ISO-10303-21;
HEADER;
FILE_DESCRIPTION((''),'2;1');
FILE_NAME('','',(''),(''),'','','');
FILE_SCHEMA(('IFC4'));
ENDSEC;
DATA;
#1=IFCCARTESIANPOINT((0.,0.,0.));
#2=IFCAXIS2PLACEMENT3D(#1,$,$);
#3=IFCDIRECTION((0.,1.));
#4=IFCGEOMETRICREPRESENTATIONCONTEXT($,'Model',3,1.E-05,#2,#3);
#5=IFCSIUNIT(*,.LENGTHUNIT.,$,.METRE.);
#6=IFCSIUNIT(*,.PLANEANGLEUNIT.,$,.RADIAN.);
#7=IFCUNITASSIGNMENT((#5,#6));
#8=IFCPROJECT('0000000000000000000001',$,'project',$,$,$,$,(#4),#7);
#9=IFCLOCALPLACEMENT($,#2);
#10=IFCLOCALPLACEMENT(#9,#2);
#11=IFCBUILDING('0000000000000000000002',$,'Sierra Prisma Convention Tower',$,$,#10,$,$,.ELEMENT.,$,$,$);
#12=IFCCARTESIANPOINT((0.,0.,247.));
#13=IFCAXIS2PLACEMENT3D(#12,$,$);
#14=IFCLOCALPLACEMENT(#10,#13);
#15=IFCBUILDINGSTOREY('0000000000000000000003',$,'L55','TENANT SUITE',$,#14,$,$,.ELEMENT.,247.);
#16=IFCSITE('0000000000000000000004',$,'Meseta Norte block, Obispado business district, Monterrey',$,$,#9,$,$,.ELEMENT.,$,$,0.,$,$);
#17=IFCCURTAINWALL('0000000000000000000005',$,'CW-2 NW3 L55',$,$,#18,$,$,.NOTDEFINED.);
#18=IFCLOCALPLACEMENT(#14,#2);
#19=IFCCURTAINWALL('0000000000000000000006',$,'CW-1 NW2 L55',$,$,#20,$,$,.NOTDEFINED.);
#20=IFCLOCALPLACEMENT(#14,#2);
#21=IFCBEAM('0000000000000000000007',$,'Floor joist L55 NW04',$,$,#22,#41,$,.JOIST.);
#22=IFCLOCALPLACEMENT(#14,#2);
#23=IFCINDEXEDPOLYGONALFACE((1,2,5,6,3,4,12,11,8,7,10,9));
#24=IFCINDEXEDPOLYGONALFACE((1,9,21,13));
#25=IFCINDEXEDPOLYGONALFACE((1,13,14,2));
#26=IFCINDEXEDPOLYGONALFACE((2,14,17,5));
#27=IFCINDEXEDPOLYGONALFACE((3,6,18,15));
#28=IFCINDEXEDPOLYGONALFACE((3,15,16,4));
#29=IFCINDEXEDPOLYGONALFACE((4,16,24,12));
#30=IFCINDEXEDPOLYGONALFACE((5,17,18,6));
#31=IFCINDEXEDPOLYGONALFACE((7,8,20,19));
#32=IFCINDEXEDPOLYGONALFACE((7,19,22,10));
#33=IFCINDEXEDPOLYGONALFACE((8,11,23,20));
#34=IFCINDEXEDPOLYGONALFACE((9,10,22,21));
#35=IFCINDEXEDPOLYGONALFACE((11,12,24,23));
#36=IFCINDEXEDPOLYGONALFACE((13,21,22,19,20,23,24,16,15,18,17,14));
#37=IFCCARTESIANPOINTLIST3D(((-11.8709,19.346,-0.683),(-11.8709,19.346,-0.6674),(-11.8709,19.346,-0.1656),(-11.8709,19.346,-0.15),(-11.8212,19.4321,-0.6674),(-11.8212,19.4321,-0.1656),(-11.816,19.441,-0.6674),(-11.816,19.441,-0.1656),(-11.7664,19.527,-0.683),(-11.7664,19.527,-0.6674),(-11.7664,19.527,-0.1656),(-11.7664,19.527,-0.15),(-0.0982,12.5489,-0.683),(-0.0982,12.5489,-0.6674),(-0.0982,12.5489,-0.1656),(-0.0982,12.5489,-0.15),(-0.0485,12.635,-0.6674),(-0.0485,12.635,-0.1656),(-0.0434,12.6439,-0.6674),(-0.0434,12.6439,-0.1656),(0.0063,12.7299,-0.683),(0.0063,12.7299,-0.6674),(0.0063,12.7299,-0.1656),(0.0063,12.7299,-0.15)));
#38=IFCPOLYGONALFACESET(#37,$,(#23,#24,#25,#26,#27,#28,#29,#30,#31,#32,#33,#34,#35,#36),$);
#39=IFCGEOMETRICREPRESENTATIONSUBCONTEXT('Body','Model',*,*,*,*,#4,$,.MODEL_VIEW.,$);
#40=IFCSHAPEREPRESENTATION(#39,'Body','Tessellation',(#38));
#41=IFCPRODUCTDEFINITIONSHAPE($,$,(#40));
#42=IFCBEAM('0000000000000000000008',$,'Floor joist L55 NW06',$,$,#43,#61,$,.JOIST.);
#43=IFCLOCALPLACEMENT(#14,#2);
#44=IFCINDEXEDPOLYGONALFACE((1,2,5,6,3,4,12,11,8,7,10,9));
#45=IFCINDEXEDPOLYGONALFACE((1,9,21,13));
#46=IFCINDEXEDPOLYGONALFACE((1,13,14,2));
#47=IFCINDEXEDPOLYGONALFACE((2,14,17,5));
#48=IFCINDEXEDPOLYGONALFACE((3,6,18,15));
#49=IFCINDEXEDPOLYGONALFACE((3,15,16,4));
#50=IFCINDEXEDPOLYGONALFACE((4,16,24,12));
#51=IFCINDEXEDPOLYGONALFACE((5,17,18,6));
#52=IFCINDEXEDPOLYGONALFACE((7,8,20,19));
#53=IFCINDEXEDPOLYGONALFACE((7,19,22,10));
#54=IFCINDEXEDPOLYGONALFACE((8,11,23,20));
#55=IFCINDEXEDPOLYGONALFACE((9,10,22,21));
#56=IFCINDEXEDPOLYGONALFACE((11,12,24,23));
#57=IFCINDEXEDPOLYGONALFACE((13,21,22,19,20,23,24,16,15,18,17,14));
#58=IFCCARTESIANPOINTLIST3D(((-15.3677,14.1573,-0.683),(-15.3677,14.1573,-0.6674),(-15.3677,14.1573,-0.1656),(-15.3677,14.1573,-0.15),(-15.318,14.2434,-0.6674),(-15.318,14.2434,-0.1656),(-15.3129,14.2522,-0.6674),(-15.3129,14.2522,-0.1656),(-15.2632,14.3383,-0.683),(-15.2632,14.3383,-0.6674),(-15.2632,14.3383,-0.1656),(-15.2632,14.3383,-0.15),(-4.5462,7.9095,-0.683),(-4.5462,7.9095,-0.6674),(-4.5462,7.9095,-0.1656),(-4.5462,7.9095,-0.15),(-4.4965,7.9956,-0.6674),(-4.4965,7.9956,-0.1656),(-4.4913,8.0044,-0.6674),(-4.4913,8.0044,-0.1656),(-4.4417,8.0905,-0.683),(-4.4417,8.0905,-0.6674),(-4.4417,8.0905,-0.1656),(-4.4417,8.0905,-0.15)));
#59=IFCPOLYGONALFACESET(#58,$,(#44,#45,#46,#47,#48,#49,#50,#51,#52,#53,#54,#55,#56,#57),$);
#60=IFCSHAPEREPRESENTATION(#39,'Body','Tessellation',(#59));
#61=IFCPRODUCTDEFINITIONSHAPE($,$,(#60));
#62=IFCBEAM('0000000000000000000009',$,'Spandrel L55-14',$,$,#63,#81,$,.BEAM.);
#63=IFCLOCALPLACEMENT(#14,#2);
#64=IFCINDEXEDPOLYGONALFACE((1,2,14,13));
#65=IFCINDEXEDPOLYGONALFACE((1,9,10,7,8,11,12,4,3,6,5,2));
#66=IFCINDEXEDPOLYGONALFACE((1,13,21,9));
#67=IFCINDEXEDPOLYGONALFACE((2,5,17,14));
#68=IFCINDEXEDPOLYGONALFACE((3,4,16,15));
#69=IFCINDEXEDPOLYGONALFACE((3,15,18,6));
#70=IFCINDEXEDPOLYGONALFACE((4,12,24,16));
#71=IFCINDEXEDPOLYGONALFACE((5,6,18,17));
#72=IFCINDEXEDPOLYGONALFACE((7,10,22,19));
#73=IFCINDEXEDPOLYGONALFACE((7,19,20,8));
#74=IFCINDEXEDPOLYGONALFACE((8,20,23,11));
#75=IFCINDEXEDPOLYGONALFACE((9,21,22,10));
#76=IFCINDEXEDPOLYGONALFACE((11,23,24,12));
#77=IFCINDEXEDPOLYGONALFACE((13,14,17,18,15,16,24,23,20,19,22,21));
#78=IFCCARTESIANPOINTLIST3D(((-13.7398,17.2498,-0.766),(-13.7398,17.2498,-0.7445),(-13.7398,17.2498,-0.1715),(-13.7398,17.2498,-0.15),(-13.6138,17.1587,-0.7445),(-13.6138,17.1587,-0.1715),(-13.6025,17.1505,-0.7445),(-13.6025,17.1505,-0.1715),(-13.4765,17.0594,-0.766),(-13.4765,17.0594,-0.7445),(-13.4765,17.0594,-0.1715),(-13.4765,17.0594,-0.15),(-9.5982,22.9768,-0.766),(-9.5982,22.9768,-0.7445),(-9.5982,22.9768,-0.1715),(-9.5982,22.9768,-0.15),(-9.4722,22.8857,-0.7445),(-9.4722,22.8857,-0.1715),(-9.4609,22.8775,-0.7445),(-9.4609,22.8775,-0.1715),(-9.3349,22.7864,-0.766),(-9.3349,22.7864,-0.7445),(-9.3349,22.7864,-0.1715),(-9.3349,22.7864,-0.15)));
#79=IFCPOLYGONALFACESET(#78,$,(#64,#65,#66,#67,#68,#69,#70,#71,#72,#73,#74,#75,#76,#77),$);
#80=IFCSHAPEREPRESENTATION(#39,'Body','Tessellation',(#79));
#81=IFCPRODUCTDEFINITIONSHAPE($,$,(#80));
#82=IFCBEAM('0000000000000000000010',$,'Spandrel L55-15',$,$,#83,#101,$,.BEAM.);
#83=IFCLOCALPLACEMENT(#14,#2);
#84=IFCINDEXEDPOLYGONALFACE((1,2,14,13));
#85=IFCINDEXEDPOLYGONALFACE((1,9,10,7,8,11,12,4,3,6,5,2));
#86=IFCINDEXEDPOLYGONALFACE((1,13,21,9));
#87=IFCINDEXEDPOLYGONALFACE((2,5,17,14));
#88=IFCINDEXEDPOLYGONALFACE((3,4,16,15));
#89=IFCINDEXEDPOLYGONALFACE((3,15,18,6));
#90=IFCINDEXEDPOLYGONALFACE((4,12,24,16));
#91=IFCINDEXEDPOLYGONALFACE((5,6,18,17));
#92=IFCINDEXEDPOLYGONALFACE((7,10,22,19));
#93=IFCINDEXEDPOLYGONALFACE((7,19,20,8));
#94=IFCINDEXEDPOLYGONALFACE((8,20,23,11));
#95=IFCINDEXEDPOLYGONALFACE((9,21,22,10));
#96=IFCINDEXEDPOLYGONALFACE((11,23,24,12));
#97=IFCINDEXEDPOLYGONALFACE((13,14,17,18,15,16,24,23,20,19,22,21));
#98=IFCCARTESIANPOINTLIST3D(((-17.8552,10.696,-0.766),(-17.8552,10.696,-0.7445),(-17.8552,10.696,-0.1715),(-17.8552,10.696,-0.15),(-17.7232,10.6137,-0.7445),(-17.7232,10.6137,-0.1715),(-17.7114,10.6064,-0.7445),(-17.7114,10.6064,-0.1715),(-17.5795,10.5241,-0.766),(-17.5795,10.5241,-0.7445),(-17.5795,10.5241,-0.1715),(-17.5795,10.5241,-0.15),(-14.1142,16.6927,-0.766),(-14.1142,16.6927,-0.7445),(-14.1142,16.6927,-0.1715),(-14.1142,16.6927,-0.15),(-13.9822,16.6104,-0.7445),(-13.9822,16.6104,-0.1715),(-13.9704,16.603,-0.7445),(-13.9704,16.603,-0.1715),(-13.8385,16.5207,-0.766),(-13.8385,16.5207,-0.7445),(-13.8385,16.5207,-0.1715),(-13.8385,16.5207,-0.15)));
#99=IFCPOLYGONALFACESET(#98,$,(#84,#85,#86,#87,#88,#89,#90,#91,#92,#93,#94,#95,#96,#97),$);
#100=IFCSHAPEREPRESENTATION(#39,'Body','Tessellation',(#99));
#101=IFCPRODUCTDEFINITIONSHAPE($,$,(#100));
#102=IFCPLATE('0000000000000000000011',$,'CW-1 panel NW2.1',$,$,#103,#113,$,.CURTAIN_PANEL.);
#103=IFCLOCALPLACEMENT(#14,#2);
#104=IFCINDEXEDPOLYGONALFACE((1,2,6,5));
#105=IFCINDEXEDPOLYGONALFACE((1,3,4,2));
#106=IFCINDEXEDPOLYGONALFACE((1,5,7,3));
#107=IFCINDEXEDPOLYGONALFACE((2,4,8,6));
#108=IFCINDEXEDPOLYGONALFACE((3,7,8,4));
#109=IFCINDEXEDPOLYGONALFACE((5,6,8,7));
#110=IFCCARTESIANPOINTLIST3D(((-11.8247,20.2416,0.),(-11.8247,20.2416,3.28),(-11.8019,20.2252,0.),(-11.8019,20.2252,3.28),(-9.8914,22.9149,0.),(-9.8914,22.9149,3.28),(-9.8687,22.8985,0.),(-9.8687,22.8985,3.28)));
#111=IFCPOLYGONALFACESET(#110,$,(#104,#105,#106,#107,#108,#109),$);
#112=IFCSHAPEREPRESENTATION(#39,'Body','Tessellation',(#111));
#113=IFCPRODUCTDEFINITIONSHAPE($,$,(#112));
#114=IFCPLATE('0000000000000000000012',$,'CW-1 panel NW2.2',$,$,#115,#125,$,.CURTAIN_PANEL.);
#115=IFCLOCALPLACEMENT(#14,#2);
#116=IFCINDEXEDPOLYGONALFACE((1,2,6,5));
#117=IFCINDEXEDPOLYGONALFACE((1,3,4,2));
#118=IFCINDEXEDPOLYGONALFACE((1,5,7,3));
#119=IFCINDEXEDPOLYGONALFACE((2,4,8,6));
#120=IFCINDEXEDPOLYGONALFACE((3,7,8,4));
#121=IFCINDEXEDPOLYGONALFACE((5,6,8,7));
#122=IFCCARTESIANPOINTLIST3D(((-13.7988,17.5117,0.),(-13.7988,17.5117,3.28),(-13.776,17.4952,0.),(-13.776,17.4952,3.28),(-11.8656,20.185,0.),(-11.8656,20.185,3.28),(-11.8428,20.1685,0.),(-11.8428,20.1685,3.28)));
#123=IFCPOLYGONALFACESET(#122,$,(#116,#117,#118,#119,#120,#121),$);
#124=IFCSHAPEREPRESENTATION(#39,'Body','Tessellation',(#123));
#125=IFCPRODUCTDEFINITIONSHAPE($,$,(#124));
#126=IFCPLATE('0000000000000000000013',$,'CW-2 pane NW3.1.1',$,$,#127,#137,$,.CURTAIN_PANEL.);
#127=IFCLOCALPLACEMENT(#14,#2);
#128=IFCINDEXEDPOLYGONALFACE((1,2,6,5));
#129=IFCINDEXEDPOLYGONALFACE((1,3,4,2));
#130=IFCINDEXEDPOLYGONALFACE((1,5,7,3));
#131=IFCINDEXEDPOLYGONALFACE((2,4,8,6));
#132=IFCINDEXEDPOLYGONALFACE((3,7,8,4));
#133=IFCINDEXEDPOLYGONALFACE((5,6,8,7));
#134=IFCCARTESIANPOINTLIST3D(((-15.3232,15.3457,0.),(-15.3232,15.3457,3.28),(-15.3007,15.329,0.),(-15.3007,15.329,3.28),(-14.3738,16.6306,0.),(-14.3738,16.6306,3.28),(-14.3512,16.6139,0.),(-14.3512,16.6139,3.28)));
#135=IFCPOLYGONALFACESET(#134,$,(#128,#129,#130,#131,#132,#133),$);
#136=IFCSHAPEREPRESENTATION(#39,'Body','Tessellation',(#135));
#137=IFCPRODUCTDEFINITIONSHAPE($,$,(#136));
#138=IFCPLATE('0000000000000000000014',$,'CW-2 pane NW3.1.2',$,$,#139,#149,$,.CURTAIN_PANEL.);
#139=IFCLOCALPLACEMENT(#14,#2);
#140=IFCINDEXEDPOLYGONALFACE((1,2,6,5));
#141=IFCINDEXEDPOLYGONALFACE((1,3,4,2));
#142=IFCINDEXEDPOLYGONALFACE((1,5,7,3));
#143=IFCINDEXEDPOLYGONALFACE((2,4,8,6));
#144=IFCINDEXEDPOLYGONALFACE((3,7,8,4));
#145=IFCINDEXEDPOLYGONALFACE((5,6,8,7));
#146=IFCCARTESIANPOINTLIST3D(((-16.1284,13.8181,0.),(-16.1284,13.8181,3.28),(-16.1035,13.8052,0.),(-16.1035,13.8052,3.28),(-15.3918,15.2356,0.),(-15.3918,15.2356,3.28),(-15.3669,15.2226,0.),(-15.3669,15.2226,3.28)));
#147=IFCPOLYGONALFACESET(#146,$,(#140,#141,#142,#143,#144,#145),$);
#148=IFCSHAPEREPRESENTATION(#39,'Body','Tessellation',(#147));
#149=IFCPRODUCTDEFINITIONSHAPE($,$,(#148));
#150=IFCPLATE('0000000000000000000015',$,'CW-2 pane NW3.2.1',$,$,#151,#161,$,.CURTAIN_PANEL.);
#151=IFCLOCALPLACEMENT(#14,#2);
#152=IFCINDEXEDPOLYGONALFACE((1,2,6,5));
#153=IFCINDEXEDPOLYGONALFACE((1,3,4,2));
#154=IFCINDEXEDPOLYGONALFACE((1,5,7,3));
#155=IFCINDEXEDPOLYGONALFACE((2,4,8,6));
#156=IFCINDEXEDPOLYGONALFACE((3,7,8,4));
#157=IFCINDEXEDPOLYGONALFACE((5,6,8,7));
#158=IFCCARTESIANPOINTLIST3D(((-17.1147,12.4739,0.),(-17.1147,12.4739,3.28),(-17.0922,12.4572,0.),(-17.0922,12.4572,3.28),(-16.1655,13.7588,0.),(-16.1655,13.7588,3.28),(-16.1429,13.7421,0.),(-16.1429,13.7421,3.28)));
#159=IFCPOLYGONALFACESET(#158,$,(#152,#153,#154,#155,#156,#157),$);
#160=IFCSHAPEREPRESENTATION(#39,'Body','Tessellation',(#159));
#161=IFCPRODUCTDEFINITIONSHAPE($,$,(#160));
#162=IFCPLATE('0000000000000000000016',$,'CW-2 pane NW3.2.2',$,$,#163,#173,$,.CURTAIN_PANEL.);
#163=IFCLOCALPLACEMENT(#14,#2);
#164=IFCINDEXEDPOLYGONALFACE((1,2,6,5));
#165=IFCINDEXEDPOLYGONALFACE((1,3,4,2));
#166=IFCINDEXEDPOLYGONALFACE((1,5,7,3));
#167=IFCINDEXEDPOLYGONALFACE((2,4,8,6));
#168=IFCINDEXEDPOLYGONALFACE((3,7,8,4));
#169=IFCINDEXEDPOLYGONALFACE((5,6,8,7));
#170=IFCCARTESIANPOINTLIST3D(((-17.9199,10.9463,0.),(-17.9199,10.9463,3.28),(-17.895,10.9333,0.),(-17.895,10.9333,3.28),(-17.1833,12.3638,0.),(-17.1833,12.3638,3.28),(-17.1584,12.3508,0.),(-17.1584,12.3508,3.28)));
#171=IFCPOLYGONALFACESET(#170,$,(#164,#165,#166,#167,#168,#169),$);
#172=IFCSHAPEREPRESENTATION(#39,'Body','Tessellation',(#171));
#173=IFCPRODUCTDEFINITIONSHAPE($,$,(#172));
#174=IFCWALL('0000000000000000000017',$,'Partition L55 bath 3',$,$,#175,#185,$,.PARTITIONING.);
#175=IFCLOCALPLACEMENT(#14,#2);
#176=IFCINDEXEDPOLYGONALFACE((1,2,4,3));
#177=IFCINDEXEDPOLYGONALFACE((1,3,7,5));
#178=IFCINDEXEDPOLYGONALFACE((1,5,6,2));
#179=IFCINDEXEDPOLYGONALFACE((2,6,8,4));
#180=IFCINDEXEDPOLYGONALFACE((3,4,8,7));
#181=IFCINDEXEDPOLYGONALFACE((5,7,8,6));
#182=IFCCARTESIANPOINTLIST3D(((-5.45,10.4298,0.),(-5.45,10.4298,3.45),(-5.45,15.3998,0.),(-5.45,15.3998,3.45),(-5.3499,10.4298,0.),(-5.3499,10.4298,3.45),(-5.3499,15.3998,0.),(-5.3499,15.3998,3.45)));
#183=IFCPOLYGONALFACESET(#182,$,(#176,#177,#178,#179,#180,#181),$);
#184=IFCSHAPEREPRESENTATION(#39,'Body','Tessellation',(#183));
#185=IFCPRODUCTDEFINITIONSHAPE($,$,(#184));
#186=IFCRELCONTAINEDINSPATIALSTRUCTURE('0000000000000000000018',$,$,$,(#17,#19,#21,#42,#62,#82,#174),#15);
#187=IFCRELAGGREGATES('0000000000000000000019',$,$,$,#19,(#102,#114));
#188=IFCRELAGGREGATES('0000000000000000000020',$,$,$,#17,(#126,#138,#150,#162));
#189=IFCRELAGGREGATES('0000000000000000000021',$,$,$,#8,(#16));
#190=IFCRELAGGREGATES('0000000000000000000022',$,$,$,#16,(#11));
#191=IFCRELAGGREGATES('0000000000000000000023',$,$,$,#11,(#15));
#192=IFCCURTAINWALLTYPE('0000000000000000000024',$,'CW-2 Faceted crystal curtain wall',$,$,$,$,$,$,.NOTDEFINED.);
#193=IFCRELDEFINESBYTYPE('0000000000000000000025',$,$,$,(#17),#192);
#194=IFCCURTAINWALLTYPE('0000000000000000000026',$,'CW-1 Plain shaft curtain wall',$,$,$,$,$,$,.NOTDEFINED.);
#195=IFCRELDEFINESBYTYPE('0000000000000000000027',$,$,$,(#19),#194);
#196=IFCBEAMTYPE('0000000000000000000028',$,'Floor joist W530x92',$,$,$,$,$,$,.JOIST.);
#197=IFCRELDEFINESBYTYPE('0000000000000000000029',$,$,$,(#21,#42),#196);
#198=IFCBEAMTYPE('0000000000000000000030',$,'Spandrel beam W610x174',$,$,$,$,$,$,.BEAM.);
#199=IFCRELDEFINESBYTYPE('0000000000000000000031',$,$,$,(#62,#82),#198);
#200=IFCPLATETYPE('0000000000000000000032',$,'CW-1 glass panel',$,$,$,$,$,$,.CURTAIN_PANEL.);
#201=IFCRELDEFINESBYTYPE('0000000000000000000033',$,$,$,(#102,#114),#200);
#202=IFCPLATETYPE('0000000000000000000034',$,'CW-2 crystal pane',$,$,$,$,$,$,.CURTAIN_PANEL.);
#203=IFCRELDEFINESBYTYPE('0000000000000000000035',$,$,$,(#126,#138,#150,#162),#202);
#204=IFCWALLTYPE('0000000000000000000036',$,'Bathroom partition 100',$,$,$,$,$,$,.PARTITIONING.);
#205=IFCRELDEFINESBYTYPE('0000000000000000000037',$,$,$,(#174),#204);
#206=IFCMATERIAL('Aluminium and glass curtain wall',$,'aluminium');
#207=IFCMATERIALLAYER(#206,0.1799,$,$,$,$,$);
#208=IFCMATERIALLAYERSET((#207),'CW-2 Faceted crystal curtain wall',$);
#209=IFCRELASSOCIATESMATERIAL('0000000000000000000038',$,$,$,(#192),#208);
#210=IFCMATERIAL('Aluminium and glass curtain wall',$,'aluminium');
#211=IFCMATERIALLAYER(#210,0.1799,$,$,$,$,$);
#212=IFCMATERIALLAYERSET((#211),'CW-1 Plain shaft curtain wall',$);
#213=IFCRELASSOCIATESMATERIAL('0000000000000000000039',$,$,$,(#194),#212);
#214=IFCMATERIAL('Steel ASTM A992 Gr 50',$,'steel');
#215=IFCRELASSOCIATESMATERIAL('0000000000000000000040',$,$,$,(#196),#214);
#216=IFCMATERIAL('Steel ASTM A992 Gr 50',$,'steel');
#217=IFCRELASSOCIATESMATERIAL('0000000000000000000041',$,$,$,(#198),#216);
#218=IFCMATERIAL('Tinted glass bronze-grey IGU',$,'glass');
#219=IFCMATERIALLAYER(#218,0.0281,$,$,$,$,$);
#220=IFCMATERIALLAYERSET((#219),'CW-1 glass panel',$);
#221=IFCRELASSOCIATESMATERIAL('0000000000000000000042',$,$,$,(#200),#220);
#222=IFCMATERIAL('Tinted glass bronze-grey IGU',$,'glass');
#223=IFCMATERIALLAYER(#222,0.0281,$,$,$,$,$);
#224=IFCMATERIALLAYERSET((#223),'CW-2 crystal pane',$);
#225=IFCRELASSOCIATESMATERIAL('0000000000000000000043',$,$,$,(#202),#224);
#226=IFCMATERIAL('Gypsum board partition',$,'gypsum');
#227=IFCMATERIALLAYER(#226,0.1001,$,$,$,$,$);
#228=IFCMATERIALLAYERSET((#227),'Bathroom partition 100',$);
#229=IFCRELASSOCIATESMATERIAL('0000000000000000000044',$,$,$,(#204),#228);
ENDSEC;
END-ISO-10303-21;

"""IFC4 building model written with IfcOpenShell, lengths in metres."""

from ifc_helpers import new_model, si_unit, direction, frame, frame_2d, origin, origin_2d, place, context, subcontext, project, spatial, polyline, rectangle, i_section, outline, extrude, material, layer, layer_set, material_profile, profile_set, type_object, element, aggregate, save


model = new_model("IFC4")

# Units and contexts
model_context = context("Model", 3, precision=1e-05, world=origin(), true_north=direction((0.0, 1.0)))
body_context = subcontext(model_context, "Body", "Model", "MODEL_VIEW")
ifc_project = project(units=[si_unit("LENGTHUNIT", "METRE"), si_unit("PLANEANGLEUNIT", "RADIAN")], contexts=[model_context])

# Site, building, storey
site_placement = place(None, origin())
site = spatial("IfcSite", under=ifc_project, at=site_placement, Name="Meseta Norte block, Obispado business district, Monterrey", CompositionType="ELEMENT", RefElevation=0.0)
building_placement = place(site_placement, origin())
building = spatial("IfcBuilding", under=site, at=building_placement, Name="Sierra Prisma Convention Tower", CompositionType="ELEMENT")
storey_placement = place(building_placement, frame((0.0, 0.0, 247.0)))
storey = spatial("IfcBuildingStorey", under=building, at=storey_placement, Name="L55", Description="TENANT SUITE", CompositionType="ELEMENT", Elevation=247.0)

# Curtain wall
ifc_material_1 = material(Name="Aluminium and glass curtain wall", Category="aluminium")
ifc_layer_1 = layer(ifc_material_1, 0.1799)
ifc_layer_set_1 = layer_set([ifc_layer_1], Name="CW-2 Faceted crystal curtain wall")
curtain_wall_type_1 = type_object("IfcCurtainWallType", Name="CW-2 Faceted crystal curtain wall", PredefinedType="NOTDEFINED", material=ifc_layer_set_1)
curtain_wall_1_placement = place(storey_placement, origin())
curtain_wall_1 = element("IfcCurtainWall", 1, at=curtain_wall_1_placement, inside=storey, type_object=curtain_wall_type_1, Name="CW-2 NW3 L55", PredefinedType="NOTDEFINED")

# Curtain wall
ifc_material_2 = material(Name="Aluminium and glass curtain wall", Category="aluminium")
ifc_layer_2 = layer(ifc_material_2, 0.1799)
ifc_layer_set_2 = layer_set([ifc_layer_2], Name="CW-1 Plain shaft curtain wall")
curtain_wall_type_2 = type_object("IfcCurtainWallType", Name="CW-1 Plain shaft curtain wall", PredefinedType="NOTDEFINED", material=ifc_layer_set_2)
curtain_wall_2_placement = place(storey_placement, origin())
curtain_wall_2 = element("IfcCurtainWall", 2, at=curtain_wall_2_placement, inside=storey, type_object=curtain_wall_type_2, Name="CW-1 NW2 L55", PredefinedType="NOTDEFINED")

# Beams
ifc_material_3 = material(Name="Steel ASTM A992 Gr 50", Category="steel")
ifc_material_profile_1 = material_profile(ifc_material_3, i_section(OverallWidth=0.209, OverallDepth=0.533, WebThickness=0.0103, FlangeThickness=0.0156, at=origin_2d()), Name="W530x92")
ifc_profile_set_1 = profile_set([ifc_material_profile_1], Name="Steel ASTM A992 Gr 50")
beam_type_1 = type_object("IfcBeamType", Name="Floor joist W530x92", PredefinedType="JOIST", material=ifc_profile_set_1)
beam_1_placement = place(storey_placement, frame((-11.8186, 19.4365, -0.4165), z_axis=(0.866021, -0.500008, 0.0), x_axis=(0.500008, 0.866021, 0.0)))
element("IfcBeam", 3, at=beam_1_placement, inside=storey, type_object=beam_type_1, Name="Floor joist L55 NW04", PredefinedType="JOIST", context=body_context, shape_type="SweptSolid", body=[
    extrude(i_section(OverallWidth=0.209, OverallDepth=0.533, WebThickness=0.0103, FlangeThickness=0.0156, at=origin_2d()), origin(), (0.0, 0.0, 1.0), 13.594),
])
beam_2_placement = place(storey_placement, frame((-15.3154, 14.2478, -0.4165), z_axis=(0.866026, -0.499999, 0.0), x_axis=(0.499999, 0.866026, 0.0)))
element("IfcBeam", 4, at=beam_2_placement, inside=storey, type_object=beam_type_1, Name="Floor joist L55 NW06", PredefinedType="JOIST", context=body_context, shape_type="SweptSolid", body=[
    extrude(i_section(OverallWidth=0.209, OverallDepth=0.533, WebThickness=0.0103, FlangeThickness=0.0156, at=origin_2d()), origin(), (0.0, 0.0, 1.0), 12.4956),
])
ifc_material_4 = material(Name="Steel ASTM A992 Gr 50", Category="steel")
ifc_material_profile_2 = material_profile(ifc_material_4, i_section(OverallWidth=0.325, OverallDepth=0.616, WebThickness=0.0139, FlangeThickness=0.0215, at=origin_2d()), Name="W610x174")
ifc_profile_set_2 = profile_set([ifc_material_profile_2], Name="Steel ASTM A992 Gr 50")
beam_type_2 = type_object("IfcBeamType", Name="Spandrel beam W610x174", PredefinedType="BEAM", material=ifc_profile_set_2)
beam_3_placement = place(storey_placement, frame((-9.4666, 22.8816, -0.458), z_axis=(-0.585992, -0.810317, 0.0), x_axis=(0.810317, -0.585992, 0.0)))
element("IfcBeam", 5, at=beam_3_placement, inside=storey, type_object=beam_type_2, Name="Spandrel L55-14", PredefinedType="BEAM", context=body_context, shape_type="SweptSolid", body=[
    extrude(i_section(OverallWidth=0.325, OverallDepth=0.616, WebThickness=0.0139, FlangeThickness=0.0215, at=origin_2d()), origin(), (0.0, 0.0, 1.0), 7.0676),
])
beam_4_placement = place(storey_placement, frame((-13.9763, 16.6067, -0.458), z_axis=(-0.529297, -0.848437, 0.0), x_axis=(0.848437, -0.529297, 0.0)))
element("IfcBeam", 6, at=beam_4_placement, inside=storey, type_object=beam_type_2, Name="Spandrel L55-15", PredefinedType="BEAM", context=body_context, shape_type="SweptSolid", body=[
    extrude(i_section(OverallWidth=0.325, OverallDepth=0.616, WebThickness=0.0139, FlangeThickness=0.0215, at=origin_2d()), origin(), (0.0, 0.0, 1.0), 7.0679),
])

# Plates
ifc_material_5 = material(Name="Tinted glass bronze-grey IGU", Category="glass")
ifc_layer_3 = layer(ifc_material_5, 0.0281)
ifc_layer_set_3 = layer_set([ifc_layer_3], Name="CW-1 glass panel")
plate_type_1 = type_object("IfcPlateType", Name="CW-1 glass panel", PredefinedType="CURTAIN_PANEL", material=ifc_layer_set_3)
plate_1_placement = place(storey_placement, frame((-10.8467, 21.5701, 0.0), z_axis=(0.0, 0.0, 1.0), x_axis=(-0.585989, -0.810319, 0.0)))
plate_1 = element("IfcPlate", 7, at=plate_1_placement, type_object=plate_type_1, Name="CW-1 panel NW2.1", PredefinedType="CURTAIN_PANEL", context=body_context, shape_type="SweptSolid", body=[
    extrude(rectangle(XDim=3.2991, YDim=0.0281, at=origin_2d()), origin(), (0.0, 0.0, 1.0), 3.28),
])
plate_2_placement = place(storey_placement, frame((-12.8208, 18.8401, 0.0), z_axis=(0.0, 0.0, 1.0), x_axis=(-0.585989, -0.810319, 0.0)))
plate_2 = element("IfcPlate", 8, at=plate_2_placement, type_object=plate_type_1, Name="CW-1 panel NW2.2", PredefinedType="CURTAIN_PANEL", context=body_context, shape_type="SweptSolid", body=[
    extrude(rectangle(XDim=3.2991, YDim=0.0281, at=origin_2d()), origin(), (0.0, 0.0, 1.0), 3.28),
])
aggregate(curtain_wall_2, [plate_1, plate_2])
ifc_material_6 = material(Name="Tinted glass bronze-grey IGU", Category="glass")
ifc_layer_4 = layer(ifc_material_6, 0.0281)
ifc_layer_set_4 = layer_set([ifc_layer_4], Name="CW-2 crystal pane")
plate_type_2 = type_object("IfcPlateType", Name="CW-2 crystal pane", PredefinedType="CURTAIN_PANEL", material=ifc_layer_set_4)
plate_3_placement = place(storey_placement, frame((-14.3738, 16.6306, 0.0), z_axis=(-0.804252, 0.594288, 0.0), x_axis=(-0.594288, -0.804252, 0.0)))
plate_3 = element("IfcPlate", 9, at=plate_3_placement, type_object=plate_type_2, Name="CW-2 pane NW3.1.1", PredefinedType="CURTAIN_PANEL", context=body_context, shape_type="SweptSolid", body=[
    extrude(outline(polyline([(0.0, 0.0), (1.5976, 0.0), (1.5976, 3.28), (0.0, 3.28), (0.0, 0.0)])), origin(), (0.0, 0.0, -1.0), 0.0281),
])
plate_4_placement = place(storey_placement, frame((-16.1284, 13.8181, 0.0), z_axis=(-0.887349, 0.461098, 0.0), x_axis=(0.461098, 0.887349, 0.0)))
plate_4 = element("IfcPlate", 10, at=plate_4_placement, type_object=plate_type_2, Name="CW-2 pane NW3.1.2", PredefinedType="CURTAIN_PANEL", context=body_context, shape_type="SweptSolid", body=[
    extrude(outline(polyline([(0.0, 0.0), (1.5974, 0.0), (1.5974, -3.28), (0.0, -3.28), (0.0, 0.0)])), origin(), (0.0, 0.0, -1.0), 0.0281),
])
plate_5_placement = place(storey_placement, frame((-16.1655, 13.7588, 0.0), z_axis=(-0.804325, 0.594189, 0.0), x_axis=(-0.594189, -0.804325, 0.0)))
plate_5 = element("IfcPlate", 11, at=plate_5_placement, type_object=plate_type_2, Name="CW-2 pane NW3.2.1", PredefinedType="CURTAIN_PANEL", context=body_context, shape_type="SweptSolid", body=[
    extrude(outline(polyline([(0.0, 0.0), (1.5975, 0.0), (1.5975, 3.28), (0.0, 3.28), (0.0, 0.0)])), origin(), (0.0, 0.0, -1.0), 0.0281),
])
plate_6_placement = place(storey_placement, frame((-17.9199, 10.9463, 0.0), z_axis=(-0.887349, 0.461098, 0.0), x_axis=(0.461098, 0.887349, 0.0)))
plate_6 = element("IfcPlate", 12, at=plate_6_placement, type_object=plate_type_2, Name="CW-2 pane NW3.2.2", PredefinedType="CURTAIN_PANEL", context=body_context, shape_type="SweptSolid", body=[
    extrude(outline(polyline([(0.0, 0.0), (1.5974, 0.0), (1.5974, -3.28), (0.0, -3.28), (0.0, 0.0)])), origin(), (0.0, 0.0, -1.0), 0.0281),
])
aggregate(curtain_wall_1, [plate_3, plate_4, plate_5, plate_6])

# Wall
ifc_material_7 = material(Name="Gypsum board partition", Category="gypsum")
ifc_layer_5 = layer(ifc_material_7, 0.1001)
ifc_layer_set_5 = layer_set([ifc_layer_5], Name="Bathroom partition 100")
wall_type_1 = type_object("IfcWallType", Name="Bathroom partition 100", PredefinedType="PARTITIONING", material=ifc_layer_set_5)
wall_1_placement = place(storey_placement, frame((-5.3999, 10.4299, 0.0), z_axis=(0.0, 0.0, 1.0), x_axis=(0.0, 1.0, 0.0)))
element("IfcWall", 13, at=wall_1_placement, inside=storey, type_object=wall_type_1, Name="Partition L55 bath 3", PredefinedType="PARTITIONING", context=body_context, shape_type="SweptSolid", body=[
    extrude(rectangle(XDim=4.97, YDim=0.1001, at=frame_2d((2.4849, 0.0))), origin(), (0.0, 0.0, 1.0), 3.45),
])

save(model, "model.ifc")
